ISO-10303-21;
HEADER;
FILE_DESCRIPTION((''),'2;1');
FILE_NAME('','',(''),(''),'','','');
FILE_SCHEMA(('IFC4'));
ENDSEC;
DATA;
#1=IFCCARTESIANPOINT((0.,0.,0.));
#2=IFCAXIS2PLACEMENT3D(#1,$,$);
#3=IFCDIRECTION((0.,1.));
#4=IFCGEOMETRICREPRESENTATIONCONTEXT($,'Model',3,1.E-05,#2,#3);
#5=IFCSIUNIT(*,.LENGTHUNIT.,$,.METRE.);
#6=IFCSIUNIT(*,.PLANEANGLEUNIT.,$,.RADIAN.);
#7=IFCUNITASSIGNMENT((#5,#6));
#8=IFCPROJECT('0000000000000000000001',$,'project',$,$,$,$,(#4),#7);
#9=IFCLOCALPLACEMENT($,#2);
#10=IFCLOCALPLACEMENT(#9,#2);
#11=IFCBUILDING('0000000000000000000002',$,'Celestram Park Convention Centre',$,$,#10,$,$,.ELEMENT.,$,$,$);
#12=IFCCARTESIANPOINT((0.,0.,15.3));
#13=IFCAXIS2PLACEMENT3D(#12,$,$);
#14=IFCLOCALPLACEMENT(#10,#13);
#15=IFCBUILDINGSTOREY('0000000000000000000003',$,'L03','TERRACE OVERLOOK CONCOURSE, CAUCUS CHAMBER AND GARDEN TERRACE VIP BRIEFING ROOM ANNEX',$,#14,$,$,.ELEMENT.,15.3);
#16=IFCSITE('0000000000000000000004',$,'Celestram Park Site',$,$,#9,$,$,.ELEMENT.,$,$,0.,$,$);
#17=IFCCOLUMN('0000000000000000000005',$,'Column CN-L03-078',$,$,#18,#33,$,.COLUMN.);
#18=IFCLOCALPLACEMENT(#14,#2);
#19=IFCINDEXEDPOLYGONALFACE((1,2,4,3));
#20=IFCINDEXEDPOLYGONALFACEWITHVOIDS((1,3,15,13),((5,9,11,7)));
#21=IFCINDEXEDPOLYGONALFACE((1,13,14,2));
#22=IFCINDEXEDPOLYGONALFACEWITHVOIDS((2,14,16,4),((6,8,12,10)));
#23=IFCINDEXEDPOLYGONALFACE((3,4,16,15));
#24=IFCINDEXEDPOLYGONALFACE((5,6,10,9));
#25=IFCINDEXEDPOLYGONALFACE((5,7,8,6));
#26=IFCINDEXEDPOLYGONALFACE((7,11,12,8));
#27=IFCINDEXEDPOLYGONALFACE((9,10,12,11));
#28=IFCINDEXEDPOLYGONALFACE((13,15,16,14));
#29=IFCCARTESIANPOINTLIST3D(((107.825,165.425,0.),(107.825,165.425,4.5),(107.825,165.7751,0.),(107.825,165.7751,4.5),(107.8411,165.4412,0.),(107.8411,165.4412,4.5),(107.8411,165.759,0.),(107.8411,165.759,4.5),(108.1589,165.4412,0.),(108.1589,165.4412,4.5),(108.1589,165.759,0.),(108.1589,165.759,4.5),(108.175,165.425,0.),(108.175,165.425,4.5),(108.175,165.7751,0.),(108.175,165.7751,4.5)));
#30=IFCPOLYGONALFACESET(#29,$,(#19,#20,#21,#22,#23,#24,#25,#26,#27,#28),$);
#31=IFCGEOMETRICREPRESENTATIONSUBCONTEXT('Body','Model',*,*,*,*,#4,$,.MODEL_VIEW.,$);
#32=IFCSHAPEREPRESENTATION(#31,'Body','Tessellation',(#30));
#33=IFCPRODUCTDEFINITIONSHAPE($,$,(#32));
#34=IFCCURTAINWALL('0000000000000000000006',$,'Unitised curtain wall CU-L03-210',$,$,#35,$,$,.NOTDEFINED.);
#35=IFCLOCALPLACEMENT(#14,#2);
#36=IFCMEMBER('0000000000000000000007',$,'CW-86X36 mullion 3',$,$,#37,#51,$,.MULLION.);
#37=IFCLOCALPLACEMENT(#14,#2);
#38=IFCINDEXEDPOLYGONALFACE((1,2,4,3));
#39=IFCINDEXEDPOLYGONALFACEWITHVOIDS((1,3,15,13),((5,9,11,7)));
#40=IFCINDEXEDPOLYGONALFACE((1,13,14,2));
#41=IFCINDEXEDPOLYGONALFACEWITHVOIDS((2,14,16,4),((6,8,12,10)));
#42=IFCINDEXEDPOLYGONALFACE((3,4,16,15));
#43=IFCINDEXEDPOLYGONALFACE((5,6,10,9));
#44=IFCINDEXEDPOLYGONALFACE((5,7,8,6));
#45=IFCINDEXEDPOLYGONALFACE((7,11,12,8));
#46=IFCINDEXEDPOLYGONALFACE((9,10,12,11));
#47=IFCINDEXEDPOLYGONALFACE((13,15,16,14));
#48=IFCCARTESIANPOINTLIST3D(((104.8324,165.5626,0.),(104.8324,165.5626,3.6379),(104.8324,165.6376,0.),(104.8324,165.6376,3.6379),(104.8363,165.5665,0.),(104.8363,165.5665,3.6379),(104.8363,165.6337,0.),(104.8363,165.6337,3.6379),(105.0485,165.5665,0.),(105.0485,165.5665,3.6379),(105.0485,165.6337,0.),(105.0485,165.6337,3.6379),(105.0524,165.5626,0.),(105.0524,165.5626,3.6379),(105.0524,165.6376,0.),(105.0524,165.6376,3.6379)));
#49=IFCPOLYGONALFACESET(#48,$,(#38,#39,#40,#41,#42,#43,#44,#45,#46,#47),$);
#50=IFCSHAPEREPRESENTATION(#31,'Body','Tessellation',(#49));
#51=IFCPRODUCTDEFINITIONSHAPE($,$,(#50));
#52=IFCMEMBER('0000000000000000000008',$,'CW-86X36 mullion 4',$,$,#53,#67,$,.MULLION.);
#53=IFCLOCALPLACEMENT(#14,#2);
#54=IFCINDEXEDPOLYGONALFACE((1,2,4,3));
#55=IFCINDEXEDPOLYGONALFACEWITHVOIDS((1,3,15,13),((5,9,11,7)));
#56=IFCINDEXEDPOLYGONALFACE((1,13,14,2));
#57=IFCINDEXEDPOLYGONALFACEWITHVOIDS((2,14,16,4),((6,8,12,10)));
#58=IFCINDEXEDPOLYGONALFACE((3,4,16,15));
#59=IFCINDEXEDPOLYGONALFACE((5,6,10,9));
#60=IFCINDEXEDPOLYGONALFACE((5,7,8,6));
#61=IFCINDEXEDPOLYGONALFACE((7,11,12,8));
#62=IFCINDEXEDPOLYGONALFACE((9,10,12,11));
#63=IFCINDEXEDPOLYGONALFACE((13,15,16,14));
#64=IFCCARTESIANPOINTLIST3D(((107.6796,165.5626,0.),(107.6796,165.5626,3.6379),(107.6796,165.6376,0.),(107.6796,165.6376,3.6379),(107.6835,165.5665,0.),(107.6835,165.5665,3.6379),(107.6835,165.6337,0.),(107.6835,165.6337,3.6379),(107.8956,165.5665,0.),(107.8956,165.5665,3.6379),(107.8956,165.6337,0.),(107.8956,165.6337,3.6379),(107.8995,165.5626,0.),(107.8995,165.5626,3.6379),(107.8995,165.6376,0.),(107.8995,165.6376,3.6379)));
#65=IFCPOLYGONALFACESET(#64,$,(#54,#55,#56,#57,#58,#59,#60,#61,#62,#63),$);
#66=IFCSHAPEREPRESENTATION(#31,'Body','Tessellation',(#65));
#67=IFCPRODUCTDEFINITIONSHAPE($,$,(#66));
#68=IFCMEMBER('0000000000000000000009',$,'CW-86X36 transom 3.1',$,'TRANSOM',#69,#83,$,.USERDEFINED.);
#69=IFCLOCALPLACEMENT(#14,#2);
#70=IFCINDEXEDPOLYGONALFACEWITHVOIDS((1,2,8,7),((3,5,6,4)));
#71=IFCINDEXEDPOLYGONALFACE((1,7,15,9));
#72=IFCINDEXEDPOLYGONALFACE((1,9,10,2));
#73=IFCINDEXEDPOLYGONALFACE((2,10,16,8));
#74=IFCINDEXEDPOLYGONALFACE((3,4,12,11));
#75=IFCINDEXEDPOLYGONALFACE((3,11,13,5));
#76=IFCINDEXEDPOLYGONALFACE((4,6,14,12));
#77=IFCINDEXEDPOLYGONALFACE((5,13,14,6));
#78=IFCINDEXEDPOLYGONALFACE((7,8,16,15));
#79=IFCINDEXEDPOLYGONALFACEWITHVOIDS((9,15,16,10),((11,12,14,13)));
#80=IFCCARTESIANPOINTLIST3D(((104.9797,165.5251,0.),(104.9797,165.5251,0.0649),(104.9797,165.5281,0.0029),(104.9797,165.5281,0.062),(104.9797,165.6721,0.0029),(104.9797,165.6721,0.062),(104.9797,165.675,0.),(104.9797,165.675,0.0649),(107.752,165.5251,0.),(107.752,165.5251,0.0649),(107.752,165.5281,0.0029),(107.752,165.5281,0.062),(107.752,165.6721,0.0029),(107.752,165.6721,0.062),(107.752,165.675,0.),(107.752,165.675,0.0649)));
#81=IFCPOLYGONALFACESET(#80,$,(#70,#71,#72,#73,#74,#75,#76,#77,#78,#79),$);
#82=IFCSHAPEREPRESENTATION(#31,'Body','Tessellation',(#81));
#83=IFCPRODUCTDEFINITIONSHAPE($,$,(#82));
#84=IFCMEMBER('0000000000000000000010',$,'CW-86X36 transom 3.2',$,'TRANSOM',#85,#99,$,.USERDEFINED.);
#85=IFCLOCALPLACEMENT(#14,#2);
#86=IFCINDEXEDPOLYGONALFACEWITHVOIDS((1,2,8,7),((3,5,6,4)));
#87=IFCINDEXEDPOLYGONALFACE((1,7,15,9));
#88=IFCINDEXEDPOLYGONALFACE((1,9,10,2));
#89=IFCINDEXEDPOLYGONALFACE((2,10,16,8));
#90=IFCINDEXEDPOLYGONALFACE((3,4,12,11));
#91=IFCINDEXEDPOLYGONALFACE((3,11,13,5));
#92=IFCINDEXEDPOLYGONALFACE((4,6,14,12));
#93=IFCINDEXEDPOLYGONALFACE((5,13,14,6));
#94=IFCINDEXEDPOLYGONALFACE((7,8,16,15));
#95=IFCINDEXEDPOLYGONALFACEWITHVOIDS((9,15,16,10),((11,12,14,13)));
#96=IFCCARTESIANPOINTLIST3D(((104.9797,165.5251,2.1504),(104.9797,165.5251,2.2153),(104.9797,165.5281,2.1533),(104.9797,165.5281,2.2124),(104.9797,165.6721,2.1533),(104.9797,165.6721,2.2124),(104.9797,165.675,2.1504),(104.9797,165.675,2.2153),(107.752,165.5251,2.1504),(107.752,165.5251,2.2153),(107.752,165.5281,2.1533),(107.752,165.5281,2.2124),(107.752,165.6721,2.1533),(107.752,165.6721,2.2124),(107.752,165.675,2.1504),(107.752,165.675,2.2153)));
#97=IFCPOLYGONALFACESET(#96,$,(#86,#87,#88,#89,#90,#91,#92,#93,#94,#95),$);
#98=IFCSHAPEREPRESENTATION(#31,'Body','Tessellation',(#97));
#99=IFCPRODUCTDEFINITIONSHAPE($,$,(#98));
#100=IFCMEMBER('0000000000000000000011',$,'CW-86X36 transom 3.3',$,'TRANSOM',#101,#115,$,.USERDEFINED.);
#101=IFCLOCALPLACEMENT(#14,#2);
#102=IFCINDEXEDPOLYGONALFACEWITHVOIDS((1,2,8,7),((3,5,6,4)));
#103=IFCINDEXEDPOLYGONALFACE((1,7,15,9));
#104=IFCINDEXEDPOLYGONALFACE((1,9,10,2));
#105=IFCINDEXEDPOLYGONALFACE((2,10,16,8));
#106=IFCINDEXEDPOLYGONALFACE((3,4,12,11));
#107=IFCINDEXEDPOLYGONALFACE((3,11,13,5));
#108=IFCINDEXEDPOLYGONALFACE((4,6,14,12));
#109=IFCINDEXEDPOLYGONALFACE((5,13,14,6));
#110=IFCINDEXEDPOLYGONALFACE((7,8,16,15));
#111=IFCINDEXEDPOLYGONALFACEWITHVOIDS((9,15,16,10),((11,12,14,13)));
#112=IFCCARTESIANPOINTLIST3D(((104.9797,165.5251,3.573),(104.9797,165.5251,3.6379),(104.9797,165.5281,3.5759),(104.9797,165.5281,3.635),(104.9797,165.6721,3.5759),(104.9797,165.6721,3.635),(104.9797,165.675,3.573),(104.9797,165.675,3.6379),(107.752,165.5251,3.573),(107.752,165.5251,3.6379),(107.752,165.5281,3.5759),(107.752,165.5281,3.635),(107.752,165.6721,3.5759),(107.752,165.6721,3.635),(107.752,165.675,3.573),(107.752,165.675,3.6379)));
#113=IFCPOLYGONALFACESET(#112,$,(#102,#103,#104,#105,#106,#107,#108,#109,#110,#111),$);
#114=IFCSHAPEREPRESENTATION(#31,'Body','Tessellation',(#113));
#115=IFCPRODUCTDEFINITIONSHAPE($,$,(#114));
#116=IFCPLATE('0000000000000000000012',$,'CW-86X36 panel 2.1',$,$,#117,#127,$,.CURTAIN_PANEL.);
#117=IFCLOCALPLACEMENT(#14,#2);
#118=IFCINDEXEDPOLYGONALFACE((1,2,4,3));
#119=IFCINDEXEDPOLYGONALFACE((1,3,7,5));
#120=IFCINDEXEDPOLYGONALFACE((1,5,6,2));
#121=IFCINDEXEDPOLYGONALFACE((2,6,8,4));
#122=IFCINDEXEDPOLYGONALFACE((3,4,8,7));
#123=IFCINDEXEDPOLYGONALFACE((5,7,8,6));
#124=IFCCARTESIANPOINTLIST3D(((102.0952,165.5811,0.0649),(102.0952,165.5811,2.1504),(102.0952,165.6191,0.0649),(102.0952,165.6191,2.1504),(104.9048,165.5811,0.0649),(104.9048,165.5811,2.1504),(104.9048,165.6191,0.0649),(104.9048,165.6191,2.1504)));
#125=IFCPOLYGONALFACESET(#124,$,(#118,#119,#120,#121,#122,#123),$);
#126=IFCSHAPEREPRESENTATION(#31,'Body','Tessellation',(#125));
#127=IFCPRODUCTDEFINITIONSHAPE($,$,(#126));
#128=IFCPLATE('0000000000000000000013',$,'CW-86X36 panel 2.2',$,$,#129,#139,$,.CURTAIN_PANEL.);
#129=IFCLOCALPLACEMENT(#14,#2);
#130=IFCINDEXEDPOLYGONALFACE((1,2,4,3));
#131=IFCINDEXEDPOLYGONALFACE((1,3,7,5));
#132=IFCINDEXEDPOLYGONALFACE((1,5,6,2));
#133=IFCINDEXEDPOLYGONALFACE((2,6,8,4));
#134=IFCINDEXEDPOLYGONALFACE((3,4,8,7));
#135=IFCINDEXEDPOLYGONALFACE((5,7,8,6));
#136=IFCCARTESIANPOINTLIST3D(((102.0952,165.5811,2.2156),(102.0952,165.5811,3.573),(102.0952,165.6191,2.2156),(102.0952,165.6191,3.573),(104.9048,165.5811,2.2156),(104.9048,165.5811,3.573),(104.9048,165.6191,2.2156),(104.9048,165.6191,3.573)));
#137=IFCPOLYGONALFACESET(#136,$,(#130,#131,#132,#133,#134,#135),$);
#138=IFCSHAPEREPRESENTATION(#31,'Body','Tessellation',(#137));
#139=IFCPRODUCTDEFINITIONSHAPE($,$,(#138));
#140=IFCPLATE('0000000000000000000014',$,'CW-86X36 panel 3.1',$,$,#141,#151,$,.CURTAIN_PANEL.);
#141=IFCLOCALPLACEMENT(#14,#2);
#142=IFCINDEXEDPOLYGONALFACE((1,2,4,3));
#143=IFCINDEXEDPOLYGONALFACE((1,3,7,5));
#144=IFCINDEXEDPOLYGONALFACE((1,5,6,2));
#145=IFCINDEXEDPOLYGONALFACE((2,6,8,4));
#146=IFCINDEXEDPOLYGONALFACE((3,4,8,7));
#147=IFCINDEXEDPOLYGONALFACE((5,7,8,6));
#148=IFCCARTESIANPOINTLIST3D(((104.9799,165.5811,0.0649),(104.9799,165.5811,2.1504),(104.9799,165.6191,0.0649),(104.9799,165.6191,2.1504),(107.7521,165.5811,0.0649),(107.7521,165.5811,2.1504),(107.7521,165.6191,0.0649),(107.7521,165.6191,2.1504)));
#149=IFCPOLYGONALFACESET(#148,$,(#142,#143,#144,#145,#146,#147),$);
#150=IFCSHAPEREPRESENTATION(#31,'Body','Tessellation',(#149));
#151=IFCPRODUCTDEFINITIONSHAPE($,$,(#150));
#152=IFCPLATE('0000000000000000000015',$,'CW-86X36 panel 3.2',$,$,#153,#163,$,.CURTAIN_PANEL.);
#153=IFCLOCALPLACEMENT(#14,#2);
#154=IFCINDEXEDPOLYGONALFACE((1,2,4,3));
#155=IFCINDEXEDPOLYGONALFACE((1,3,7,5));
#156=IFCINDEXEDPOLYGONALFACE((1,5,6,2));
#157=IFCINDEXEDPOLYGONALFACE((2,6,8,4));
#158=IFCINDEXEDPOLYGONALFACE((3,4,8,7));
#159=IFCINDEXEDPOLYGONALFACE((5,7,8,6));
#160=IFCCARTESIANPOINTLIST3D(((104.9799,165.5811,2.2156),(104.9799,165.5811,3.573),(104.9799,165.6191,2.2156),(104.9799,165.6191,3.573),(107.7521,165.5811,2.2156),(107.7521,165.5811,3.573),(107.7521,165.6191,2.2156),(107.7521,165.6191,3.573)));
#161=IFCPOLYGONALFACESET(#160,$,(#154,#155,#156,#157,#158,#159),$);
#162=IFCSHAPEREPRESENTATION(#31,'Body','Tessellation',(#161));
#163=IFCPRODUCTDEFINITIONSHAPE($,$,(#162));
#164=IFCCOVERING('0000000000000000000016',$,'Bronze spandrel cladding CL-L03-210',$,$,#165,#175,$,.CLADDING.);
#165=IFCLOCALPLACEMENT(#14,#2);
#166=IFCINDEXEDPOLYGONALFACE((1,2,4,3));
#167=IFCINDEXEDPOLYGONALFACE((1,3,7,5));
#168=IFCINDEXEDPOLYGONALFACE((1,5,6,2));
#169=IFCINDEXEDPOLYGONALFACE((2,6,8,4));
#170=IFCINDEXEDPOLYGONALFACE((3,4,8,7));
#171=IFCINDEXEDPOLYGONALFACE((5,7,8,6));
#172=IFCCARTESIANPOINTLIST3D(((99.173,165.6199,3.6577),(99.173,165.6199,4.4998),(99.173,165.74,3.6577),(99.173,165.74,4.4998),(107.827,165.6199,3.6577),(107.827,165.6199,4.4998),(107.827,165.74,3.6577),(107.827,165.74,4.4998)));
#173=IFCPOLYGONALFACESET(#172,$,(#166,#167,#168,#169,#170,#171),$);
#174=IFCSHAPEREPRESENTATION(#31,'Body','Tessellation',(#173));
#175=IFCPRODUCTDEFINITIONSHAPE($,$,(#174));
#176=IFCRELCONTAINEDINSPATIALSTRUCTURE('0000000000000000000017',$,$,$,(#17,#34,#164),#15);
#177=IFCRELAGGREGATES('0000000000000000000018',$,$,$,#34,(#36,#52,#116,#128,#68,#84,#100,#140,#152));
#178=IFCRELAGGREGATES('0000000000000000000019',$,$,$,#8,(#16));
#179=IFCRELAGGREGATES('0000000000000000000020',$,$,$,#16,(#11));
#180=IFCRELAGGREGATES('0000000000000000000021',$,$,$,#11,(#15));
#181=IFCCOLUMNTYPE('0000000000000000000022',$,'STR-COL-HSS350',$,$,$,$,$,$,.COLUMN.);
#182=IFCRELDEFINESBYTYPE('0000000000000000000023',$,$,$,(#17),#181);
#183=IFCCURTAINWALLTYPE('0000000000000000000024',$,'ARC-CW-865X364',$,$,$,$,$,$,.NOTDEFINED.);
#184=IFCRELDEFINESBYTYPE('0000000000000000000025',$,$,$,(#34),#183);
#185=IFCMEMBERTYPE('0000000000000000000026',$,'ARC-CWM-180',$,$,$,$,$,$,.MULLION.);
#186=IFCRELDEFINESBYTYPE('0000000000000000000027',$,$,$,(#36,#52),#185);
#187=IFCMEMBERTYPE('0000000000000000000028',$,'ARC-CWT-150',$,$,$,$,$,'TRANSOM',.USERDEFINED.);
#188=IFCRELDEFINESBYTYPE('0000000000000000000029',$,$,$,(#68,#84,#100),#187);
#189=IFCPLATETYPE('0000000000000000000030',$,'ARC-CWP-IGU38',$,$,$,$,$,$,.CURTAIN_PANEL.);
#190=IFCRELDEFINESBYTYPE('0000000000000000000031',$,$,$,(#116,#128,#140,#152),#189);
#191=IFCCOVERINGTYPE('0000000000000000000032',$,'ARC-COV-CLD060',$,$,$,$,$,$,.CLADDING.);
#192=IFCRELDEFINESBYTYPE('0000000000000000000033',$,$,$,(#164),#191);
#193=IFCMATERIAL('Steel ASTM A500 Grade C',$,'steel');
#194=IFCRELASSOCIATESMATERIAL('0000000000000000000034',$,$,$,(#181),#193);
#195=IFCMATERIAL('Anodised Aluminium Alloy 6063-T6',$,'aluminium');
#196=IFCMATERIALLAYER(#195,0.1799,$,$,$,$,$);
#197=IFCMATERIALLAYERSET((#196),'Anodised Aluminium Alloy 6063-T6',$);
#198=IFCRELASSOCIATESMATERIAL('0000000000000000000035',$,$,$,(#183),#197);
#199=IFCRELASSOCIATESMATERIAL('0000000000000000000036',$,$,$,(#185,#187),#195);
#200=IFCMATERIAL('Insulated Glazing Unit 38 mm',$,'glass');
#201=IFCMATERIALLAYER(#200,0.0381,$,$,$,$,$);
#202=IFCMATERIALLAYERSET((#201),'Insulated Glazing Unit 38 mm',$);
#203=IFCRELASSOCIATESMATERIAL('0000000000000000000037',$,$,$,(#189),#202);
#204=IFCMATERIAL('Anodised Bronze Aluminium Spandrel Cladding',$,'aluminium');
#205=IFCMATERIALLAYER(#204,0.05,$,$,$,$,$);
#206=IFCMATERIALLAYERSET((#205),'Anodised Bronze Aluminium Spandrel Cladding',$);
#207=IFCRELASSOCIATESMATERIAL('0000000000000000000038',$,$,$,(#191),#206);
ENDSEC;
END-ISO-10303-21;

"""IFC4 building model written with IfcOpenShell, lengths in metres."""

from ifc_helpers import new_model, si_unit, direction, frame, origin, origin_2d, place, context, subcontext, project, spatial, rectangle, hollow_rectangle, extrude, material, layer, layer_set, material_profile, profile_set, type_object, element, aggregate, save


model = new_model("IFC4")

# Units and contexts
model_context = context("Model", 3, precision=1e-05, world=origin(), true_north=direction((0.0, 1.0)))
body_context = subcontext(model_context, "Body", "Model", "MODEL_VIEW")
ifc_project = project(units=[si_unit("LENGTHUNIT", "METRE"), si_unit("PLANEANGLEUNIT", "RADIAN")], contexts=[model_context])

# Site, building, storey
site_placement = place(None, origin())
site = spatial("IfcSite", under=ifc_project, at=site_placement, Name="Celestram Park Site", CompositionType="ELEMENT", RefElevation=0.0)
building_placement = place(site_placement, origin())
building = spatial("IfcBuilding", under=site, at=building_placement, Name="Celestram Park Convention Centre", CompositionType="ELEMENT")
storey_placement = place(building_placement, frame((0.0, 0.0, 15.3)))
storey = spatial("IfcBuildingStorey", under=building, at=storey_placement, Name="L03", Description="TERRACE OVERLOOK CONCOURSE, CAUCUS CHAMBER AND GARDEN TERRACE VIP BRIEFING ROOM ANNEX", CompositionType="ELEMENT", Elevation=15.3)

# Column
ifc_material_1 = material(Name="Steel ASTM A500 Grade C", Category="steel")
ifc_material_profile_1 = material_profile(ifc_material_1, hollow_rectangle(XDim=0.3501, YDim=0.3501, WallThickness=0.0161, at=origin_2d()), Name="HSS350X350X16")
ifc_profile_set_1 = profile_set([ifc_material_profile_1], Name="Steel ASTM A500 Grade C")
column_type = type_object("IfcColumnType", Name="STR-COL-HSS350", PredefinedType="COLUMN", material=ifc_profile_set_1)
column_placement = place(storey_placement, frame((108.0, 165.6001, 0.0), z_axis=(0.0, 0.0, 1.0), x_axis=(1.0, 0.0, 0.0)))
element("IfcColumn", 1, at=column_placement, inside=storey, type_object=column_type, Name="Column CN-L03-078", PredefinedType="COLUMN", context=body_context, shape_type="SweptSolid", body=[
    extrude(hollow_rectangle(XDim=0.3501, YDim=0.3501, WallThickness=0.0161, at=origin_2d()), origin(), (0.0, 0.0, 1.0), 4.5),
])

# Curtain wall, members, plates
ifc_material_2 = material(Name="Anodised Aluminium Alloy 6063-T6", Category="aluminium")
ifc_layer_1 = layer(ifc_material_2, 0.1799)
ifc_layer_set_1 = layer_set([ifc_layer_1], Name="Anodised Aluminium Alloy 6063-T6")
curtain_wall_type = type_object("IfcCurtainWallType", Name="ARC-CW-865X364", PredefinedType="NOTDEFINED", material=ifc_layer_set_1)
curtain_wall_placement = place(storey_placement, origin())
curtain_wall = element("IfcCurtainWall", 2, at=curtain_wall_placement, inside=storey, type_object=curtain_wall_type, Name="Unitised curtain wall CU-L03-210", PredefinedType="NOTDEFINED")
ifc_material_profile_2 = material_profile(ifc_material_2, hollow_rectangle(XDim=0.075, YDim=0.22, WallThickness=0.0039, at=origin_2d()), Name="ALU75X220X4")
ifc_profile_set_2 = profile_set([ifc_material_profile_2], Name="Anodised Aluminium Alloy 6063-T6")
member_type_1 = type_object("IfcMemberType", Name="ARC-CWM-180", PredefinedType="MULLION", material=ifc_profile_set_2)
member_1_placement = place(storey_placement, frame((104.9424, 165.6001, 0.0), z_axis=(0.0, 0.0, 1.0), x_axis=(0.0, 1.0, 0.0)))
member_1 = element("IfcMember", 3, at=member_1_placement, type_object=member_type_1, Name="CW-86X36 mullion 3", PredefinedType="MULLION", context=body_context, shape_type="SweptSolid", body=[
    extrude(hollow_rectangle(XDim=0.075, YDim=0.22, WallThickness=0.0039, at=origin_2d()), origin(), (0.0, 0.0, 1.0), 3.6379),
])
member_2_placement = place(storey_placement, frame((107.7896, 165.6001, 0.0), z_axis=(0.0, 0.0, 1.0), x_axis=(0.0, 1.0, 0.0)))
member_2 = element("IfcMember", 4, at=member_2_placement, type_object=member_type_1, Name="CW-86X36 mullion 4", PredefinedType="MULLION", context=body_context, shape_type="SweptSolid", body=[
    extrude(hollow_rectangle(XDim=0.075, YDim=0.22, WallThickness=0.0039, at=origin_2d()), origin(), (0.0, 0.0, 1.0), 3.6379),
])
ifc_material_profile_3 = material_profile(ifc_material_2, hollow_rectangle(XDim=0.1499, YDim=0.0649, WallThickness=0.0029, at=origin_2d()), Name="ALU150X65X3")
ifc_profile_set_3 = profile_set([ifc_material_profile_3], Name="Anodised Aluminium Alloy 6063-T6")
member_type_2 = type_object("IfcMemberType", Name="ARC-CWT-150", ElementType="TRANSOM", PredefinedType="USERDEFINED", material=ifc_profile_set_3)
member_3_placement = place(storey_placement, frame((104.9797, 165.6001, 0.0325), z_axis=(1.0, 0.0, 0.0), x_axis=(0.0, 1.0, 0.0)))
member_3 = element("IfcMember", 5, at=member_3_placement, type_object=member_type_2, Name="CW-86X36 transom 3.1", ObjectType="TRANSOM", PredefinedType="USERDEFINED", context=body_context, shape_type="SweptSolid", body=[
    extrude(hollow_rectangle(XDim=0.1499, YDim=0.0649, WallThickness=0.0029, at=origin_2d()), origin(), (0.0, 0.0, 1.0), 2.7722),
])
member_4_placement = place(storey_placement, frame((104.9797, 165.6001, 2.1829), z_axis=(1.0, 0.0, 0.0), x_axis=(0.0, 1.0, 0.0)))
member_4 = element("IfcMember", 6, at=member_4_placement, type_object=member_type_2, Name="CW-86X36 transom 3.2", ObjectType="TRANSOM", PredefinedType="USERDEFINED", context=body_context, shape_type="SweptSolid", body=[
    extrude(hollow_rectangle(XDim=0.1499, YDim=0.0649, WallThickness=0.0029, at=origin_2d()), origin(), (0.0, 0.0, 1.0), 2.7722),
])
member_5_placement = place(storey_placement, frame((104.9797, 165.6001, 3.6055), z_axis=(1.0, 0.0, 0.0), x_axis=(0.0, 1.0, 0.0)))
member_5 = element("IfcMember", 7, at=member_5_placement, type_object=member_type_2, Name="CW-86X36 transom 3.3", ObjectType="TRANSOM", PredefinedType="USERDEFINED", context=body_context, shape_type="SweptSolid", body=[
    extrude(hollow_rectangle(XDim=0.1499, YDim=0.0649, WallThickness=0.0029, at=origin_2d()), origin(), (0.0, 0.0, 1.0), 2.7722),
])
ifc_material_3 = material(Name="Insulated Glazing Unit 38 mm", Category="glass")
ifc_layer_2 = layer(ifc_material_3, 0.0381)
ifc_layer_set_2 = layer_set([ifc_layer_2], Name="Insulated Glazing Unit 38 mm")
plate_type = type_object("IfcPlateType", Name="ARC-CWP-IGU38", PredefinedType="CURTAIN_PANEL", material=ifc_layer_set_2)
plate_1_placement = place(storey_placement, frame((103.5, 165.6001, 0.0649), z_axis=(0.0, 0.0, 1.0), x_axis=(1.0, 0.0, 0.0)))
plate_1 = element("IfcPlate", 8, at=plate_1_placement, type_object=plate_type, Name="CW-86X36 panel 2.1", PredefinedType="CURTAIN_PANEL", context=body_context, shape_type="SweptSolid", body=[
    extrude(rectangle(XDim=2.8096, YDim=0.0381, at=origin_2d()), origin(), (0.0, 0.0, 1.0), 2.0854),
])
plate_2_placement = place(storey_placement, frame((103.5, 165.6001, 2.2156), z_axis=(0.0, 0.0, 1.0), x_axis=(1.0, 0.0, 0.0)))
plate_2 = element("IfcPlate", 9, at=plate_2_placement, type_object=plate_type, Name="CW-86X36 panel 2.2", PredefinedType="CURTAIN_PANEL", context=body_context, shape_type="SweptSolid", body=[
    extrude(rectangle(XDim=2.8096, YDim=0.0381, at=origin_2d()), origin(), (0.0, 0.0, 1.0), 1.3574),
])
plate_3_placement = place(storey_placement, frame((106.366, 165.6001, 0.0649), z_axis=(0.0, 0.0, 1.0), x_axis=(1.0, 0.0, 0.0)))
plate_3 = element("IfcPlate", 10, at=plate_3_placement, type_object=plate_type, Name="CW-86X36 panel 3.1", PredefinedType="CURTAIN_PANEL", context=body_context, shape_type="SweptSolid", body=[
    extrude(rectangle(XDim=2.7722, YDim=0.0381, at=origin_2d()), origin(), (0.0, 0.0, 1.0), 2.0854),
])
plate_4_placement = place(storey_placement, frame((106.366, 165.6001, 2.2156), z_axis=(0.0, 0.0, 1.0), x_axis=(1.0, 0.0, 0.0)))
plate_4 = element("IfcPlate", 11, at=plate_4_placement, type_object=plate_type, Name="CW-86X36 panel 3.2", PredefinedType="CURTAIN_PANEL", context=body_context, shape_type="SweptSolid", body=[
    extrude(rectangle(XDim=2.7722, YDim=0.0381, at=origin_2d()), origin(), (0.0, 0.0, 1.0), 1.3574),
])
aggregate(curtain_wall, [member_1, member_2, plate_1, plate_2, member_3, member_4, member_5, plate_3, plate_4])

# Covering
ifc_material_4 = material(Name="Anodised Bronze Aluminium Spandrel Cladding", Category="aluminium")
ifc_layer_3 = layer(ifc_material_4, 0.05)
ifc_layer_set_3 = layer_set([ifc_layer_3], Name="Anodised Bronze Aluminium Spandrel Cladding")
covering_type_1 = type_object("IfcCoveringType", Name="ARC-COV-CLD060", PredefinedType="CLADDING", material=ifc_layer_set_3)
covering_1_placement = place(storey_placement, frame((103.5, 165.6799, 3.6577), z_axis=(0.0, 0.0, 1.0), x_axis=(1.0, 0.0, 0.0)))
element("IfcCovering", 12, at=covering_1_placement, inside=storey, type_object=covering_type_1, Name="Bronze spandrel cladding CL-L03-210", PredefinedType="CLADDING", context=body_context, shape_type="SweptSolid", body=[
    extrude(rectangle(XDim=8.6541, YDim=0.1201, at=origin_2d()), origin(), (0.0, 0.0, 1.0), 0.842),
])

save(model, "model.ifc")
